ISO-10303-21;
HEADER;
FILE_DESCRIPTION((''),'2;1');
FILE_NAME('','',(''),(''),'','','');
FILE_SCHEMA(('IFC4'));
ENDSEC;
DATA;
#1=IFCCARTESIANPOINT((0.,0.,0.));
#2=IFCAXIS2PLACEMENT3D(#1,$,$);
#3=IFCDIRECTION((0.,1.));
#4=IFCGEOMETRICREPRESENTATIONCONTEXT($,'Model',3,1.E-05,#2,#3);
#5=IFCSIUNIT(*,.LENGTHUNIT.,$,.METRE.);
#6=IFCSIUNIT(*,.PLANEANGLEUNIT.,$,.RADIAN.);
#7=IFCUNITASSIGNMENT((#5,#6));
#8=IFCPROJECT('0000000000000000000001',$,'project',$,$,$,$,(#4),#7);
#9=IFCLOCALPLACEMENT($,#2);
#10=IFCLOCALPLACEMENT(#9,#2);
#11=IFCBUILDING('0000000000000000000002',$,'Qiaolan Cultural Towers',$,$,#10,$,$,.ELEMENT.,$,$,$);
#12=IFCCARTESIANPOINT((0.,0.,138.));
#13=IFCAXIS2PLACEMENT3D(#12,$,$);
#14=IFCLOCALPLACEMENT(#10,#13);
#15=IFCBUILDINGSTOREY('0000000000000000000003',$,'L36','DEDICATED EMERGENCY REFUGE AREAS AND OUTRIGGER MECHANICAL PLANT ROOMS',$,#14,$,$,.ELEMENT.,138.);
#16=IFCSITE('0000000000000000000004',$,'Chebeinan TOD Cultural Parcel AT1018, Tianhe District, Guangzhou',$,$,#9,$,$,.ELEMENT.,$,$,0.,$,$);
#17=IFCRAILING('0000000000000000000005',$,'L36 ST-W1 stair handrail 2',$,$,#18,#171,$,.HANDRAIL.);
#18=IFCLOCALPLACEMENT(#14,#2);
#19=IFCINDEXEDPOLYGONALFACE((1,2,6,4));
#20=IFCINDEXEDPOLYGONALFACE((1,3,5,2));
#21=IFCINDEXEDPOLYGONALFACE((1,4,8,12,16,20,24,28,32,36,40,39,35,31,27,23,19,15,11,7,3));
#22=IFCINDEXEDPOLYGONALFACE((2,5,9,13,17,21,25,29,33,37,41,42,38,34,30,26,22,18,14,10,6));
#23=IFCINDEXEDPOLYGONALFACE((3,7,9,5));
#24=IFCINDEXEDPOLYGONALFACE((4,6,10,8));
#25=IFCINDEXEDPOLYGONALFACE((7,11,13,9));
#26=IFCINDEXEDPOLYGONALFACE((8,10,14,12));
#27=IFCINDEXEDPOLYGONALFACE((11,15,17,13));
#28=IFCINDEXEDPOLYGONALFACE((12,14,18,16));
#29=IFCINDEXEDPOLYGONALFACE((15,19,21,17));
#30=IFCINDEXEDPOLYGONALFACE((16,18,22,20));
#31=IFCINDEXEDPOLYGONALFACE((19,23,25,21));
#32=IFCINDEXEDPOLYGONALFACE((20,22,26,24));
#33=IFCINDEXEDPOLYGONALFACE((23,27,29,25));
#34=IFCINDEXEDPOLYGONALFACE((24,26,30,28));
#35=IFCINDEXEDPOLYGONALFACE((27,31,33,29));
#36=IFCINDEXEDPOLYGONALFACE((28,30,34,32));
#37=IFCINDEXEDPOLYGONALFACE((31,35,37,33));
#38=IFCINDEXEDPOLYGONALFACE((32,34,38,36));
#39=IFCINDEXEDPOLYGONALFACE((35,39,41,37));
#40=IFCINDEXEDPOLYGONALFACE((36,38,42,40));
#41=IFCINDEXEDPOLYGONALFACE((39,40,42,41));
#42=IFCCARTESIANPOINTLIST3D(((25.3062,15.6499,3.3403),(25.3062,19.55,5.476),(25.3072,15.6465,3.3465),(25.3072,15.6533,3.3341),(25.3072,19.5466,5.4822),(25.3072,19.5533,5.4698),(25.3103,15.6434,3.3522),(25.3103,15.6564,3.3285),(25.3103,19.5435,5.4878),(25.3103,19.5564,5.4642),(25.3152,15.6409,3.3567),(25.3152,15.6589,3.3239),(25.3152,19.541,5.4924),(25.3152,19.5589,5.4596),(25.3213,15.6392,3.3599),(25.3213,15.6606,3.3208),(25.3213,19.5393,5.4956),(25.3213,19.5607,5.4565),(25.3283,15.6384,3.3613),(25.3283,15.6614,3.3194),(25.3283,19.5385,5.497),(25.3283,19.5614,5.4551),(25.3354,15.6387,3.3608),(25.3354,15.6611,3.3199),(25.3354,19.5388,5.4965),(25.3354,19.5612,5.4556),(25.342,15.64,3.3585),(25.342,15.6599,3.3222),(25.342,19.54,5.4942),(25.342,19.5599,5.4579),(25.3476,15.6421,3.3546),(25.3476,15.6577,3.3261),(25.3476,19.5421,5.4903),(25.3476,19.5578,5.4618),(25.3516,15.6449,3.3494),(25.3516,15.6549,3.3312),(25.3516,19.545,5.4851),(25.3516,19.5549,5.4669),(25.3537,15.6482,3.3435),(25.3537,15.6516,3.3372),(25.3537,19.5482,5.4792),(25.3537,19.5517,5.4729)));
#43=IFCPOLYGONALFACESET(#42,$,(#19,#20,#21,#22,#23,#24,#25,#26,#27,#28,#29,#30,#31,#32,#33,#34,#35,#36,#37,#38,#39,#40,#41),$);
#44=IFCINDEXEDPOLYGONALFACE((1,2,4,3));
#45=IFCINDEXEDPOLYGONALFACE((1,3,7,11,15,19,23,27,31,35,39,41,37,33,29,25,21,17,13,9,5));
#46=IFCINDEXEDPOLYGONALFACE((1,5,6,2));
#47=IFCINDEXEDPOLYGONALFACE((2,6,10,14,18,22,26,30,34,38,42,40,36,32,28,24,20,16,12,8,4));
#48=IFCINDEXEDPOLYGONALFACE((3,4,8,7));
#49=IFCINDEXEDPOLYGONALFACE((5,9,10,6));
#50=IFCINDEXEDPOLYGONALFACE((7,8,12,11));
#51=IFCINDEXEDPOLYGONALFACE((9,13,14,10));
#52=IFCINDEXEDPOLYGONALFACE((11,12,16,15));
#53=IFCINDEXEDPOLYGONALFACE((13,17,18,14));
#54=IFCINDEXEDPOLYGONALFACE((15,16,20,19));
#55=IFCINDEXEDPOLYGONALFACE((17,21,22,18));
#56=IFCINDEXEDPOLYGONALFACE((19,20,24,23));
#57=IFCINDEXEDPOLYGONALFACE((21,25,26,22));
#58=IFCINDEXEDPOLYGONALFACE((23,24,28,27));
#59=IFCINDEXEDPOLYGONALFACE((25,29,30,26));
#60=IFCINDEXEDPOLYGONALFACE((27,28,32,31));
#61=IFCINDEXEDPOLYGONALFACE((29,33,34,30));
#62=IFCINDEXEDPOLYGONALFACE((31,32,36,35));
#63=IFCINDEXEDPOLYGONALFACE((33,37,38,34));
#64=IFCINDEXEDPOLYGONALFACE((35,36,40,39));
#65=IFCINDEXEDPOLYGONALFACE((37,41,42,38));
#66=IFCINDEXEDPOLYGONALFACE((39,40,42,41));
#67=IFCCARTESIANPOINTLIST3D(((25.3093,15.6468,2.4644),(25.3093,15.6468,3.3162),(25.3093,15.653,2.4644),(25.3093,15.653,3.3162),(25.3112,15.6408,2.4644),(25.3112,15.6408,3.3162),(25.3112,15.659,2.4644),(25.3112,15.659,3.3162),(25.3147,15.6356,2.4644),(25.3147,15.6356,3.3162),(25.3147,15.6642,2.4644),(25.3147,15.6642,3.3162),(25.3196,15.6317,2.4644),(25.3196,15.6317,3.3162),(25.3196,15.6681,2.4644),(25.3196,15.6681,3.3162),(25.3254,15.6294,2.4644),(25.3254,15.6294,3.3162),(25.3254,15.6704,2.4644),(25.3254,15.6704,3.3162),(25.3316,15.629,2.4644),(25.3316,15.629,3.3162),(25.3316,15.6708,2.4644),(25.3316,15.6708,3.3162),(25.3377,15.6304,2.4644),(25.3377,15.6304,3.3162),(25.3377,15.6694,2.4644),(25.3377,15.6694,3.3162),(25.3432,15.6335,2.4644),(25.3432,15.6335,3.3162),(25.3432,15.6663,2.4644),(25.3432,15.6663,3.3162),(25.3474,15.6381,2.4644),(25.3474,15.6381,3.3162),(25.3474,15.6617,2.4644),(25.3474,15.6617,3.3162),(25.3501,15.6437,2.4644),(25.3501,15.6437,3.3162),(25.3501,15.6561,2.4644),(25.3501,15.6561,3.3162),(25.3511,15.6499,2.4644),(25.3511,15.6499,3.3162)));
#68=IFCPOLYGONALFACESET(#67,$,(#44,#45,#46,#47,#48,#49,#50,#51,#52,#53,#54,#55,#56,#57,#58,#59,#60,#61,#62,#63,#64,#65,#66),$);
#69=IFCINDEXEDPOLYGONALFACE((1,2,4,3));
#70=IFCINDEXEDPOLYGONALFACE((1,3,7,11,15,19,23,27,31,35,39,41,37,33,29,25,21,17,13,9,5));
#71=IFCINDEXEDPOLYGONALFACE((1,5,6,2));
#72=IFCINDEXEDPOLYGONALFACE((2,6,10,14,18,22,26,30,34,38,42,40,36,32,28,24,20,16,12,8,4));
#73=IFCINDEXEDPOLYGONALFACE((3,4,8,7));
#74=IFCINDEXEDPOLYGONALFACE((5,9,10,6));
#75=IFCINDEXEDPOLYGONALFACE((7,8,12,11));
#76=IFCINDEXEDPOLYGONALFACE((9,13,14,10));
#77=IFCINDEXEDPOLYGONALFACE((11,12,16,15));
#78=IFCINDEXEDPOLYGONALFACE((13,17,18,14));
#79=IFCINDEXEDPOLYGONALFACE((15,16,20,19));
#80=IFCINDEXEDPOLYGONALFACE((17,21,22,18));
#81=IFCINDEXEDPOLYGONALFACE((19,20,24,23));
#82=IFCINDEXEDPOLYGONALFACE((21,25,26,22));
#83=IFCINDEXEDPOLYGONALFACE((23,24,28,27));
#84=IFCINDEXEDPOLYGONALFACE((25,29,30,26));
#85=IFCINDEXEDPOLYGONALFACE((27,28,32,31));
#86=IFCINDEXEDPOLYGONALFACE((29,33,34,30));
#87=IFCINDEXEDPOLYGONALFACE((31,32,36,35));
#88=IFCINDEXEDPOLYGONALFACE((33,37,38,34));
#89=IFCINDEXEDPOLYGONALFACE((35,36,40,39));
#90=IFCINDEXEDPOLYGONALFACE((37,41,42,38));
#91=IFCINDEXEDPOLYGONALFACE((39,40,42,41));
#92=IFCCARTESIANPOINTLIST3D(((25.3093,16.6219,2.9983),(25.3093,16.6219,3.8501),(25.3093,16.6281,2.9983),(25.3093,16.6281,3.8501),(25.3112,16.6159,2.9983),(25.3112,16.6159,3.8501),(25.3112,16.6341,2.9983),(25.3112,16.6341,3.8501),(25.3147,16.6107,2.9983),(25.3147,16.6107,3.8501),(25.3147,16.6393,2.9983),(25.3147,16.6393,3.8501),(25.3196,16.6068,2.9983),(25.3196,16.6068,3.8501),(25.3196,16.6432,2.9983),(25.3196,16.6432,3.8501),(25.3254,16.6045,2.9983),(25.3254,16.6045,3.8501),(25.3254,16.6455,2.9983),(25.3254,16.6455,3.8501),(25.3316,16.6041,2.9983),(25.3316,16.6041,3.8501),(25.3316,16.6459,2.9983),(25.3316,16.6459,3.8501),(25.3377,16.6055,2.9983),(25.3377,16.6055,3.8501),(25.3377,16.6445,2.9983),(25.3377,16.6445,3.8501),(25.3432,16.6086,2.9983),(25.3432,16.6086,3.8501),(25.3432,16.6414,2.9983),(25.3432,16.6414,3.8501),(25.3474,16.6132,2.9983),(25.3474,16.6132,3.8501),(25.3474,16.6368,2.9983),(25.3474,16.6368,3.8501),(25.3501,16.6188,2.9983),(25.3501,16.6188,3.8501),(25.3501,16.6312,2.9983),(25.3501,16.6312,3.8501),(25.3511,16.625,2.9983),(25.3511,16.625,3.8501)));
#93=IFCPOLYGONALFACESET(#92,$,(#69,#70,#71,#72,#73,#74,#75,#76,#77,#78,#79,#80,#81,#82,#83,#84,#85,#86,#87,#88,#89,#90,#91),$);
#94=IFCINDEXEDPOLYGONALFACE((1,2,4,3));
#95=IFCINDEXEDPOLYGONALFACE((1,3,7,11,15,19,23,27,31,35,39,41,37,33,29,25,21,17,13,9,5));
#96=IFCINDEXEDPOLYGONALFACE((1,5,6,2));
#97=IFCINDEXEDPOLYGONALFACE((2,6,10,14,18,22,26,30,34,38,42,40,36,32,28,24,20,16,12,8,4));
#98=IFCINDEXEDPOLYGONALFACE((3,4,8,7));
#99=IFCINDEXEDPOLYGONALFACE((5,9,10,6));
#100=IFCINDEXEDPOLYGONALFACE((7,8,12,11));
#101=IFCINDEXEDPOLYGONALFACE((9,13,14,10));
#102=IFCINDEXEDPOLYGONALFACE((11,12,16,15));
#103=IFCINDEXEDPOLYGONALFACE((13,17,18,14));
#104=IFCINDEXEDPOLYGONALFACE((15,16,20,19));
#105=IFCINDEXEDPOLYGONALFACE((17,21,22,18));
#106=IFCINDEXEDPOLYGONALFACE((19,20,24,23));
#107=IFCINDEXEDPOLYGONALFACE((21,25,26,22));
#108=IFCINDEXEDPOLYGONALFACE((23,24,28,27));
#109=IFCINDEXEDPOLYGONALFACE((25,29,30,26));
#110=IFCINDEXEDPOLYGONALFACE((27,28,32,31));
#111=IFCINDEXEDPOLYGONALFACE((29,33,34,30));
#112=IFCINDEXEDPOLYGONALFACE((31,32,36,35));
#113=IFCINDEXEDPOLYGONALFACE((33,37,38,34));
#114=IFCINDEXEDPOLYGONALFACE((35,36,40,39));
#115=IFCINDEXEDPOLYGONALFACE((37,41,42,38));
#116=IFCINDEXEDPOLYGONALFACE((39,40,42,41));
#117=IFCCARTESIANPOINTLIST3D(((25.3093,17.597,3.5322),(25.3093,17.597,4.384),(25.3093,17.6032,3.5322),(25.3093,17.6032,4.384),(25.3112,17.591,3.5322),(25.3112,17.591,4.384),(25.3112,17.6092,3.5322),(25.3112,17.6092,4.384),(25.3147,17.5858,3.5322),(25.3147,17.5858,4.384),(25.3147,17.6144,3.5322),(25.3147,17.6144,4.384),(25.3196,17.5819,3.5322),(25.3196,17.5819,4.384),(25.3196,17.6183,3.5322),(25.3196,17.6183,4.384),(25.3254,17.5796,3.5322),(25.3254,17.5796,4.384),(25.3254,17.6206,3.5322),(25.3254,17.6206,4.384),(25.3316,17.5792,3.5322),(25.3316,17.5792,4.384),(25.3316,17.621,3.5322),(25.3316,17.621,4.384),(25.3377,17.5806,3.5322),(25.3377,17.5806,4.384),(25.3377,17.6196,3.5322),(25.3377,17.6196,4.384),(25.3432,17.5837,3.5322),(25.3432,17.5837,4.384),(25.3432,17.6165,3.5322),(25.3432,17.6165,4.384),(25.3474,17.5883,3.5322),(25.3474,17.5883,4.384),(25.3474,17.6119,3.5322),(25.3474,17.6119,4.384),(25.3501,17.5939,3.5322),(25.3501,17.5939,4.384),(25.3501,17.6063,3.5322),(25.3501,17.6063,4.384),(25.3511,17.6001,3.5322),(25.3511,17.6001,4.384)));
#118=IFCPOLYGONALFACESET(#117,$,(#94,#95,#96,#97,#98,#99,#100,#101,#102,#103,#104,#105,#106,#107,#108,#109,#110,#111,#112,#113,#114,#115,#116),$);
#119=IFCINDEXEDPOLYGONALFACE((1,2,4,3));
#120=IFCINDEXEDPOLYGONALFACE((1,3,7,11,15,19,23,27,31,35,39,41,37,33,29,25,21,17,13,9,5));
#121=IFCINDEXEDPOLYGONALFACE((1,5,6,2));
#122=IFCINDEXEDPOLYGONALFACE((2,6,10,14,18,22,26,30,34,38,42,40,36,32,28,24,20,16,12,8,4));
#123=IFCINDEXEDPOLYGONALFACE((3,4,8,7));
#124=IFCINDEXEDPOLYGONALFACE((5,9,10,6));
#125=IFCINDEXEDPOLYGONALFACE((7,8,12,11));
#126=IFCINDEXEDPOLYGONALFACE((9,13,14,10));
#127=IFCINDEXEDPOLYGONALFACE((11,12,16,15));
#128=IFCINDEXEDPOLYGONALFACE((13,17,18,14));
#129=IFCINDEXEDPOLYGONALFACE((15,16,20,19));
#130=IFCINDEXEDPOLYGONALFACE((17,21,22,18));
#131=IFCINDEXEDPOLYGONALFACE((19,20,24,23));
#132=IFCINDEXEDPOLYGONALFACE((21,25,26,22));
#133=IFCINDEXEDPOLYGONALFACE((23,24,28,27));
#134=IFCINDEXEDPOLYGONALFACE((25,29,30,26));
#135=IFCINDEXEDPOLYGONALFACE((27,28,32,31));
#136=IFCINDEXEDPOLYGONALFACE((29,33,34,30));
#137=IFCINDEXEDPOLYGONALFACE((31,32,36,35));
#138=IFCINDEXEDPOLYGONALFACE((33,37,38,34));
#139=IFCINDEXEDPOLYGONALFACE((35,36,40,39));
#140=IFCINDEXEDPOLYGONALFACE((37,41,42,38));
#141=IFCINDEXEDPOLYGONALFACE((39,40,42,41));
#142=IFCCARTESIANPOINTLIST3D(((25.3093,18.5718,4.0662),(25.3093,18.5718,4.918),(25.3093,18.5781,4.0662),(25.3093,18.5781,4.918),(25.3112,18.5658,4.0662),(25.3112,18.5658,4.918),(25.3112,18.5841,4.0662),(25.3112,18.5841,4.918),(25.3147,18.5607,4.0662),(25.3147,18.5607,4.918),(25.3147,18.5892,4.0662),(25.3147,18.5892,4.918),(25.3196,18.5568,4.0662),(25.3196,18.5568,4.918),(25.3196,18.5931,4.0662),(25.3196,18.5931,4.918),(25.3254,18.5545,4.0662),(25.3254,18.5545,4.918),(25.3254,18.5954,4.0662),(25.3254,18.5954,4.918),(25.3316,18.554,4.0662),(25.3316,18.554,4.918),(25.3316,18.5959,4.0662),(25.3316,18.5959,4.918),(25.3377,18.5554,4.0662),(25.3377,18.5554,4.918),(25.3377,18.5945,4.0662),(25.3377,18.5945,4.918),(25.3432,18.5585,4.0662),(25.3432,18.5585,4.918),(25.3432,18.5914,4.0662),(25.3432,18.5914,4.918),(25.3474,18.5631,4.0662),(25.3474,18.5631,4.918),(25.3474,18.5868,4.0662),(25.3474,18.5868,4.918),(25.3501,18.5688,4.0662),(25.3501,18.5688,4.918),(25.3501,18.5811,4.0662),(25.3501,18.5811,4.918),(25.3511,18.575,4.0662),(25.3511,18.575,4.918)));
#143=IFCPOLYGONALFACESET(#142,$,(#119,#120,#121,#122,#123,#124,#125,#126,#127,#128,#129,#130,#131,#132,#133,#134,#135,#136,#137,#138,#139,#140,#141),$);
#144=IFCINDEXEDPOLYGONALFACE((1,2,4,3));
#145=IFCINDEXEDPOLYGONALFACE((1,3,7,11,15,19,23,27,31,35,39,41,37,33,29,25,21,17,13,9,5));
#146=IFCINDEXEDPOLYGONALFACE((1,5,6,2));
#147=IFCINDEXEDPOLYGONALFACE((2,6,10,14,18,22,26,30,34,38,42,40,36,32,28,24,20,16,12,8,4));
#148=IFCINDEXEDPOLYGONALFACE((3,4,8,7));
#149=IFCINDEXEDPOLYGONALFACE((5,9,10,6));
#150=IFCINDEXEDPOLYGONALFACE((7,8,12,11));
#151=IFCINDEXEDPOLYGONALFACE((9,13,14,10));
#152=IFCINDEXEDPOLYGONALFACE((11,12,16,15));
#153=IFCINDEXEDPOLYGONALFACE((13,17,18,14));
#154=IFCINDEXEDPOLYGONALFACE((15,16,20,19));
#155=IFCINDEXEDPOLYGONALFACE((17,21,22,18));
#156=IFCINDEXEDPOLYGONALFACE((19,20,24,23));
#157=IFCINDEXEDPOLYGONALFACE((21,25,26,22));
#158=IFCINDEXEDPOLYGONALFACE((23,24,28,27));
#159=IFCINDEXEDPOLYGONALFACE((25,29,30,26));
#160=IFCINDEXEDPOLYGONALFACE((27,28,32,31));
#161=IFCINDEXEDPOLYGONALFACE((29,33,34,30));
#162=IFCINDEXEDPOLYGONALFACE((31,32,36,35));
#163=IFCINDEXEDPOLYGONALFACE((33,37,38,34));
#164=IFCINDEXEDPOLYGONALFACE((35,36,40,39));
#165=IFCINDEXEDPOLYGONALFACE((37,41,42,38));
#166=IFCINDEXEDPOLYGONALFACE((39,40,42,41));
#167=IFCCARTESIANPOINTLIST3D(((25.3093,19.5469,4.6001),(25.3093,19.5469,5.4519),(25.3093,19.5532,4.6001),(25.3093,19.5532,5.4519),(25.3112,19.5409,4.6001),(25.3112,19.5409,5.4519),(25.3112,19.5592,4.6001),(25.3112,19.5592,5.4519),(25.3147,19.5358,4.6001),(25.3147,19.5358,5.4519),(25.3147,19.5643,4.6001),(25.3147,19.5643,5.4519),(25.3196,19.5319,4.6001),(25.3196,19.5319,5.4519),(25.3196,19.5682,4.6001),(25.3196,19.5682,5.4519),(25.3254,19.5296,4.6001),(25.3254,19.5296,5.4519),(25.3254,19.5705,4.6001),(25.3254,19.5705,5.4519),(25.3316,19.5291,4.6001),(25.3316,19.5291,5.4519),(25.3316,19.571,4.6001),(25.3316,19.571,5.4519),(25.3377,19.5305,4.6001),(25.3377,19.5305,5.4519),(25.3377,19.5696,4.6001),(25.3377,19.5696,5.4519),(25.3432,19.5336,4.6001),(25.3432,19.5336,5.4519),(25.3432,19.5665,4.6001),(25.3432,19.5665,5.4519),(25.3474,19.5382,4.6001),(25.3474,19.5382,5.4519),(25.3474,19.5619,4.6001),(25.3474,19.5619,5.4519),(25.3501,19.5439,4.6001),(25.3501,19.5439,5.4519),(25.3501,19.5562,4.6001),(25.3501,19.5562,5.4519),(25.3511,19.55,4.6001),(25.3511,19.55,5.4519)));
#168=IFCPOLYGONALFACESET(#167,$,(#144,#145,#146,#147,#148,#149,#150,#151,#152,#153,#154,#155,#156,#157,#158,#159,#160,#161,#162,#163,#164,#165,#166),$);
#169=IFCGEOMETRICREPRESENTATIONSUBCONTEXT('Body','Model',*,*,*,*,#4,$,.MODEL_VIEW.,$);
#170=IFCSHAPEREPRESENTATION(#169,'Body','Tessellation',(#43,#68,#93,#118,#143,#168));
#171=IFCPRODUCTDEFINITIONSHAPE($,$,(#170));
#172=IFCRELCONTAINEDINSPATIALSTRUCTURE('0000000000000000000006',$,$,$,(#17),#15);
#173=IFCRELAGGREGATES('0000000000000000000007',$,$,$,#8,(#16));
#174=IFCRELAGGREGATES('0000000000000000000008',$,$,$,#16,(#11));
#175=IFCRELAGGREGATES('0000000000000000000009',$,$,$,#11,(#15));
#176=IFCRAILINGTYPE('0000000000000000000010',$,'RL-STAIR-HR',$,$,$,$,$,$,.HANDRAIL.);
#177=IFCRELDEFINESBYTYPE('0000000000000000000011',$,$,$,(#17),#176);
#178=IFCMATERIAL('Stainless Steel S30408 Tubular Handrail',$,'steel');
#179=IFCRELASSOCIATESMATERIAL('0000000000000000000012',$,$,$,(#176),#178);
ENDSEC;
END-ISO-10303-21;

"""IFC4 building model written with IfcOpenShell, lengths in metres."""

from ifc_helpers import new_model, si_unit, direction, frame, origin, origin_2d, place, context, subcontext, project, spatial, circle, extrude, material, type_object, element, save


model = new_model("IFC4")

# Units and contexts
model_context = context("Model", 3, precision=1e-05, world=origin(), true_north=direction((0.0, 1.0)))
body_context = subcontext(model_context, "Body", "Model", "MODEL_VIEW")
ifc_project = project(units=[si_unit("LENGTHUNIT", "METRE"), si_unit("PLANEANGLEUNIT", "RADIAN")], contexts=[model_context])

# Site, building, storey
site_placement = place(None, origin())
site = spatial("IfcSite", under=ifc_project, at=site_placement, Name="Chebeinan TOD Cultural Parcel AT1018, Tianhe District, Guangzhou", CompositionType="ELEMENT", RefElevation=0.0)
building_placement = place(site_placement, origin())
building = spatial("IfcBuilding", under=site, at=building_placement, Name="Qiaolan Cultural Towers", CompositionType="ELEMENT")
storey_placement = place(building_placement, frame((0.0, 0.0, 138.0)))
storey = spatial("IfcBuildingStorey", under=building, at=storey_placement, Name="L36", Description="DEDICATED EMERGENCY REFUGE AREAS AND OUTRIGGER MECHANICAL PLANT ROOMS", CompositionType="ELEMENT", Elevation=138.0)

# Railing
ifc_material_1 = material(Name="Stainless Steel S30408 Tubular Handrail", Category="steel")
railing_type_1 = type_object("IfcRailingType", Name="RL-STAIR-HR", PredefinedType="HANDRAIL", material=ifc_material_1)
railing_1_placement = place(storey_placement, frame((25.3301, 15.6499, 2.4644)))
element("IfcRailing", 1, at=railing_1_placement, inside=storey, type_object=railing_type_1, Name="L36 ST-W1 stair handrail 2", PredefinedType="HANDRAIL", context=body_context, shape_type="SweptSolid", body=[
    extrude(circle(Radius=0.0239, at=origin_2d()), frame((0.0, 0.0, 0.876), z_axis=(0.0, 0.877101, 0.480306), x_axis=(-1.0, 0.0, 0.0)), (0.0, 0.0, 1.0), 4.4465),
    extrude(circle(Radius=0.021, at=origin_2d()), origin(), (0.0, 0.0, 1.0), 0.8518),
    extrude(circle(Radius=0.021, at=origin_2d()), frame((0.0, 0.9751, 0.5339)), (0.0, 0.0, 1.0), 0.8518),
    extrude(circle(Radius=0.021, at=origin_2d()), frame((0.0, 1.9502, 1.0679)), (0.0, 0.0, 1.0), 0.8518),
    extrude(circle(Radius=0.021, at=origin_2d()), frame((0.0, 2.925, 1.6018)), (0.0, 0.0, 1.0), 0.8518),
    extrude(circle(Radius=0.021, at=origin_2d()), frame((0.0, 3.9001, 2.1357)), (0.0, 0.0, 1.0), 0.8518),
])

save(model, "model.ifc")
